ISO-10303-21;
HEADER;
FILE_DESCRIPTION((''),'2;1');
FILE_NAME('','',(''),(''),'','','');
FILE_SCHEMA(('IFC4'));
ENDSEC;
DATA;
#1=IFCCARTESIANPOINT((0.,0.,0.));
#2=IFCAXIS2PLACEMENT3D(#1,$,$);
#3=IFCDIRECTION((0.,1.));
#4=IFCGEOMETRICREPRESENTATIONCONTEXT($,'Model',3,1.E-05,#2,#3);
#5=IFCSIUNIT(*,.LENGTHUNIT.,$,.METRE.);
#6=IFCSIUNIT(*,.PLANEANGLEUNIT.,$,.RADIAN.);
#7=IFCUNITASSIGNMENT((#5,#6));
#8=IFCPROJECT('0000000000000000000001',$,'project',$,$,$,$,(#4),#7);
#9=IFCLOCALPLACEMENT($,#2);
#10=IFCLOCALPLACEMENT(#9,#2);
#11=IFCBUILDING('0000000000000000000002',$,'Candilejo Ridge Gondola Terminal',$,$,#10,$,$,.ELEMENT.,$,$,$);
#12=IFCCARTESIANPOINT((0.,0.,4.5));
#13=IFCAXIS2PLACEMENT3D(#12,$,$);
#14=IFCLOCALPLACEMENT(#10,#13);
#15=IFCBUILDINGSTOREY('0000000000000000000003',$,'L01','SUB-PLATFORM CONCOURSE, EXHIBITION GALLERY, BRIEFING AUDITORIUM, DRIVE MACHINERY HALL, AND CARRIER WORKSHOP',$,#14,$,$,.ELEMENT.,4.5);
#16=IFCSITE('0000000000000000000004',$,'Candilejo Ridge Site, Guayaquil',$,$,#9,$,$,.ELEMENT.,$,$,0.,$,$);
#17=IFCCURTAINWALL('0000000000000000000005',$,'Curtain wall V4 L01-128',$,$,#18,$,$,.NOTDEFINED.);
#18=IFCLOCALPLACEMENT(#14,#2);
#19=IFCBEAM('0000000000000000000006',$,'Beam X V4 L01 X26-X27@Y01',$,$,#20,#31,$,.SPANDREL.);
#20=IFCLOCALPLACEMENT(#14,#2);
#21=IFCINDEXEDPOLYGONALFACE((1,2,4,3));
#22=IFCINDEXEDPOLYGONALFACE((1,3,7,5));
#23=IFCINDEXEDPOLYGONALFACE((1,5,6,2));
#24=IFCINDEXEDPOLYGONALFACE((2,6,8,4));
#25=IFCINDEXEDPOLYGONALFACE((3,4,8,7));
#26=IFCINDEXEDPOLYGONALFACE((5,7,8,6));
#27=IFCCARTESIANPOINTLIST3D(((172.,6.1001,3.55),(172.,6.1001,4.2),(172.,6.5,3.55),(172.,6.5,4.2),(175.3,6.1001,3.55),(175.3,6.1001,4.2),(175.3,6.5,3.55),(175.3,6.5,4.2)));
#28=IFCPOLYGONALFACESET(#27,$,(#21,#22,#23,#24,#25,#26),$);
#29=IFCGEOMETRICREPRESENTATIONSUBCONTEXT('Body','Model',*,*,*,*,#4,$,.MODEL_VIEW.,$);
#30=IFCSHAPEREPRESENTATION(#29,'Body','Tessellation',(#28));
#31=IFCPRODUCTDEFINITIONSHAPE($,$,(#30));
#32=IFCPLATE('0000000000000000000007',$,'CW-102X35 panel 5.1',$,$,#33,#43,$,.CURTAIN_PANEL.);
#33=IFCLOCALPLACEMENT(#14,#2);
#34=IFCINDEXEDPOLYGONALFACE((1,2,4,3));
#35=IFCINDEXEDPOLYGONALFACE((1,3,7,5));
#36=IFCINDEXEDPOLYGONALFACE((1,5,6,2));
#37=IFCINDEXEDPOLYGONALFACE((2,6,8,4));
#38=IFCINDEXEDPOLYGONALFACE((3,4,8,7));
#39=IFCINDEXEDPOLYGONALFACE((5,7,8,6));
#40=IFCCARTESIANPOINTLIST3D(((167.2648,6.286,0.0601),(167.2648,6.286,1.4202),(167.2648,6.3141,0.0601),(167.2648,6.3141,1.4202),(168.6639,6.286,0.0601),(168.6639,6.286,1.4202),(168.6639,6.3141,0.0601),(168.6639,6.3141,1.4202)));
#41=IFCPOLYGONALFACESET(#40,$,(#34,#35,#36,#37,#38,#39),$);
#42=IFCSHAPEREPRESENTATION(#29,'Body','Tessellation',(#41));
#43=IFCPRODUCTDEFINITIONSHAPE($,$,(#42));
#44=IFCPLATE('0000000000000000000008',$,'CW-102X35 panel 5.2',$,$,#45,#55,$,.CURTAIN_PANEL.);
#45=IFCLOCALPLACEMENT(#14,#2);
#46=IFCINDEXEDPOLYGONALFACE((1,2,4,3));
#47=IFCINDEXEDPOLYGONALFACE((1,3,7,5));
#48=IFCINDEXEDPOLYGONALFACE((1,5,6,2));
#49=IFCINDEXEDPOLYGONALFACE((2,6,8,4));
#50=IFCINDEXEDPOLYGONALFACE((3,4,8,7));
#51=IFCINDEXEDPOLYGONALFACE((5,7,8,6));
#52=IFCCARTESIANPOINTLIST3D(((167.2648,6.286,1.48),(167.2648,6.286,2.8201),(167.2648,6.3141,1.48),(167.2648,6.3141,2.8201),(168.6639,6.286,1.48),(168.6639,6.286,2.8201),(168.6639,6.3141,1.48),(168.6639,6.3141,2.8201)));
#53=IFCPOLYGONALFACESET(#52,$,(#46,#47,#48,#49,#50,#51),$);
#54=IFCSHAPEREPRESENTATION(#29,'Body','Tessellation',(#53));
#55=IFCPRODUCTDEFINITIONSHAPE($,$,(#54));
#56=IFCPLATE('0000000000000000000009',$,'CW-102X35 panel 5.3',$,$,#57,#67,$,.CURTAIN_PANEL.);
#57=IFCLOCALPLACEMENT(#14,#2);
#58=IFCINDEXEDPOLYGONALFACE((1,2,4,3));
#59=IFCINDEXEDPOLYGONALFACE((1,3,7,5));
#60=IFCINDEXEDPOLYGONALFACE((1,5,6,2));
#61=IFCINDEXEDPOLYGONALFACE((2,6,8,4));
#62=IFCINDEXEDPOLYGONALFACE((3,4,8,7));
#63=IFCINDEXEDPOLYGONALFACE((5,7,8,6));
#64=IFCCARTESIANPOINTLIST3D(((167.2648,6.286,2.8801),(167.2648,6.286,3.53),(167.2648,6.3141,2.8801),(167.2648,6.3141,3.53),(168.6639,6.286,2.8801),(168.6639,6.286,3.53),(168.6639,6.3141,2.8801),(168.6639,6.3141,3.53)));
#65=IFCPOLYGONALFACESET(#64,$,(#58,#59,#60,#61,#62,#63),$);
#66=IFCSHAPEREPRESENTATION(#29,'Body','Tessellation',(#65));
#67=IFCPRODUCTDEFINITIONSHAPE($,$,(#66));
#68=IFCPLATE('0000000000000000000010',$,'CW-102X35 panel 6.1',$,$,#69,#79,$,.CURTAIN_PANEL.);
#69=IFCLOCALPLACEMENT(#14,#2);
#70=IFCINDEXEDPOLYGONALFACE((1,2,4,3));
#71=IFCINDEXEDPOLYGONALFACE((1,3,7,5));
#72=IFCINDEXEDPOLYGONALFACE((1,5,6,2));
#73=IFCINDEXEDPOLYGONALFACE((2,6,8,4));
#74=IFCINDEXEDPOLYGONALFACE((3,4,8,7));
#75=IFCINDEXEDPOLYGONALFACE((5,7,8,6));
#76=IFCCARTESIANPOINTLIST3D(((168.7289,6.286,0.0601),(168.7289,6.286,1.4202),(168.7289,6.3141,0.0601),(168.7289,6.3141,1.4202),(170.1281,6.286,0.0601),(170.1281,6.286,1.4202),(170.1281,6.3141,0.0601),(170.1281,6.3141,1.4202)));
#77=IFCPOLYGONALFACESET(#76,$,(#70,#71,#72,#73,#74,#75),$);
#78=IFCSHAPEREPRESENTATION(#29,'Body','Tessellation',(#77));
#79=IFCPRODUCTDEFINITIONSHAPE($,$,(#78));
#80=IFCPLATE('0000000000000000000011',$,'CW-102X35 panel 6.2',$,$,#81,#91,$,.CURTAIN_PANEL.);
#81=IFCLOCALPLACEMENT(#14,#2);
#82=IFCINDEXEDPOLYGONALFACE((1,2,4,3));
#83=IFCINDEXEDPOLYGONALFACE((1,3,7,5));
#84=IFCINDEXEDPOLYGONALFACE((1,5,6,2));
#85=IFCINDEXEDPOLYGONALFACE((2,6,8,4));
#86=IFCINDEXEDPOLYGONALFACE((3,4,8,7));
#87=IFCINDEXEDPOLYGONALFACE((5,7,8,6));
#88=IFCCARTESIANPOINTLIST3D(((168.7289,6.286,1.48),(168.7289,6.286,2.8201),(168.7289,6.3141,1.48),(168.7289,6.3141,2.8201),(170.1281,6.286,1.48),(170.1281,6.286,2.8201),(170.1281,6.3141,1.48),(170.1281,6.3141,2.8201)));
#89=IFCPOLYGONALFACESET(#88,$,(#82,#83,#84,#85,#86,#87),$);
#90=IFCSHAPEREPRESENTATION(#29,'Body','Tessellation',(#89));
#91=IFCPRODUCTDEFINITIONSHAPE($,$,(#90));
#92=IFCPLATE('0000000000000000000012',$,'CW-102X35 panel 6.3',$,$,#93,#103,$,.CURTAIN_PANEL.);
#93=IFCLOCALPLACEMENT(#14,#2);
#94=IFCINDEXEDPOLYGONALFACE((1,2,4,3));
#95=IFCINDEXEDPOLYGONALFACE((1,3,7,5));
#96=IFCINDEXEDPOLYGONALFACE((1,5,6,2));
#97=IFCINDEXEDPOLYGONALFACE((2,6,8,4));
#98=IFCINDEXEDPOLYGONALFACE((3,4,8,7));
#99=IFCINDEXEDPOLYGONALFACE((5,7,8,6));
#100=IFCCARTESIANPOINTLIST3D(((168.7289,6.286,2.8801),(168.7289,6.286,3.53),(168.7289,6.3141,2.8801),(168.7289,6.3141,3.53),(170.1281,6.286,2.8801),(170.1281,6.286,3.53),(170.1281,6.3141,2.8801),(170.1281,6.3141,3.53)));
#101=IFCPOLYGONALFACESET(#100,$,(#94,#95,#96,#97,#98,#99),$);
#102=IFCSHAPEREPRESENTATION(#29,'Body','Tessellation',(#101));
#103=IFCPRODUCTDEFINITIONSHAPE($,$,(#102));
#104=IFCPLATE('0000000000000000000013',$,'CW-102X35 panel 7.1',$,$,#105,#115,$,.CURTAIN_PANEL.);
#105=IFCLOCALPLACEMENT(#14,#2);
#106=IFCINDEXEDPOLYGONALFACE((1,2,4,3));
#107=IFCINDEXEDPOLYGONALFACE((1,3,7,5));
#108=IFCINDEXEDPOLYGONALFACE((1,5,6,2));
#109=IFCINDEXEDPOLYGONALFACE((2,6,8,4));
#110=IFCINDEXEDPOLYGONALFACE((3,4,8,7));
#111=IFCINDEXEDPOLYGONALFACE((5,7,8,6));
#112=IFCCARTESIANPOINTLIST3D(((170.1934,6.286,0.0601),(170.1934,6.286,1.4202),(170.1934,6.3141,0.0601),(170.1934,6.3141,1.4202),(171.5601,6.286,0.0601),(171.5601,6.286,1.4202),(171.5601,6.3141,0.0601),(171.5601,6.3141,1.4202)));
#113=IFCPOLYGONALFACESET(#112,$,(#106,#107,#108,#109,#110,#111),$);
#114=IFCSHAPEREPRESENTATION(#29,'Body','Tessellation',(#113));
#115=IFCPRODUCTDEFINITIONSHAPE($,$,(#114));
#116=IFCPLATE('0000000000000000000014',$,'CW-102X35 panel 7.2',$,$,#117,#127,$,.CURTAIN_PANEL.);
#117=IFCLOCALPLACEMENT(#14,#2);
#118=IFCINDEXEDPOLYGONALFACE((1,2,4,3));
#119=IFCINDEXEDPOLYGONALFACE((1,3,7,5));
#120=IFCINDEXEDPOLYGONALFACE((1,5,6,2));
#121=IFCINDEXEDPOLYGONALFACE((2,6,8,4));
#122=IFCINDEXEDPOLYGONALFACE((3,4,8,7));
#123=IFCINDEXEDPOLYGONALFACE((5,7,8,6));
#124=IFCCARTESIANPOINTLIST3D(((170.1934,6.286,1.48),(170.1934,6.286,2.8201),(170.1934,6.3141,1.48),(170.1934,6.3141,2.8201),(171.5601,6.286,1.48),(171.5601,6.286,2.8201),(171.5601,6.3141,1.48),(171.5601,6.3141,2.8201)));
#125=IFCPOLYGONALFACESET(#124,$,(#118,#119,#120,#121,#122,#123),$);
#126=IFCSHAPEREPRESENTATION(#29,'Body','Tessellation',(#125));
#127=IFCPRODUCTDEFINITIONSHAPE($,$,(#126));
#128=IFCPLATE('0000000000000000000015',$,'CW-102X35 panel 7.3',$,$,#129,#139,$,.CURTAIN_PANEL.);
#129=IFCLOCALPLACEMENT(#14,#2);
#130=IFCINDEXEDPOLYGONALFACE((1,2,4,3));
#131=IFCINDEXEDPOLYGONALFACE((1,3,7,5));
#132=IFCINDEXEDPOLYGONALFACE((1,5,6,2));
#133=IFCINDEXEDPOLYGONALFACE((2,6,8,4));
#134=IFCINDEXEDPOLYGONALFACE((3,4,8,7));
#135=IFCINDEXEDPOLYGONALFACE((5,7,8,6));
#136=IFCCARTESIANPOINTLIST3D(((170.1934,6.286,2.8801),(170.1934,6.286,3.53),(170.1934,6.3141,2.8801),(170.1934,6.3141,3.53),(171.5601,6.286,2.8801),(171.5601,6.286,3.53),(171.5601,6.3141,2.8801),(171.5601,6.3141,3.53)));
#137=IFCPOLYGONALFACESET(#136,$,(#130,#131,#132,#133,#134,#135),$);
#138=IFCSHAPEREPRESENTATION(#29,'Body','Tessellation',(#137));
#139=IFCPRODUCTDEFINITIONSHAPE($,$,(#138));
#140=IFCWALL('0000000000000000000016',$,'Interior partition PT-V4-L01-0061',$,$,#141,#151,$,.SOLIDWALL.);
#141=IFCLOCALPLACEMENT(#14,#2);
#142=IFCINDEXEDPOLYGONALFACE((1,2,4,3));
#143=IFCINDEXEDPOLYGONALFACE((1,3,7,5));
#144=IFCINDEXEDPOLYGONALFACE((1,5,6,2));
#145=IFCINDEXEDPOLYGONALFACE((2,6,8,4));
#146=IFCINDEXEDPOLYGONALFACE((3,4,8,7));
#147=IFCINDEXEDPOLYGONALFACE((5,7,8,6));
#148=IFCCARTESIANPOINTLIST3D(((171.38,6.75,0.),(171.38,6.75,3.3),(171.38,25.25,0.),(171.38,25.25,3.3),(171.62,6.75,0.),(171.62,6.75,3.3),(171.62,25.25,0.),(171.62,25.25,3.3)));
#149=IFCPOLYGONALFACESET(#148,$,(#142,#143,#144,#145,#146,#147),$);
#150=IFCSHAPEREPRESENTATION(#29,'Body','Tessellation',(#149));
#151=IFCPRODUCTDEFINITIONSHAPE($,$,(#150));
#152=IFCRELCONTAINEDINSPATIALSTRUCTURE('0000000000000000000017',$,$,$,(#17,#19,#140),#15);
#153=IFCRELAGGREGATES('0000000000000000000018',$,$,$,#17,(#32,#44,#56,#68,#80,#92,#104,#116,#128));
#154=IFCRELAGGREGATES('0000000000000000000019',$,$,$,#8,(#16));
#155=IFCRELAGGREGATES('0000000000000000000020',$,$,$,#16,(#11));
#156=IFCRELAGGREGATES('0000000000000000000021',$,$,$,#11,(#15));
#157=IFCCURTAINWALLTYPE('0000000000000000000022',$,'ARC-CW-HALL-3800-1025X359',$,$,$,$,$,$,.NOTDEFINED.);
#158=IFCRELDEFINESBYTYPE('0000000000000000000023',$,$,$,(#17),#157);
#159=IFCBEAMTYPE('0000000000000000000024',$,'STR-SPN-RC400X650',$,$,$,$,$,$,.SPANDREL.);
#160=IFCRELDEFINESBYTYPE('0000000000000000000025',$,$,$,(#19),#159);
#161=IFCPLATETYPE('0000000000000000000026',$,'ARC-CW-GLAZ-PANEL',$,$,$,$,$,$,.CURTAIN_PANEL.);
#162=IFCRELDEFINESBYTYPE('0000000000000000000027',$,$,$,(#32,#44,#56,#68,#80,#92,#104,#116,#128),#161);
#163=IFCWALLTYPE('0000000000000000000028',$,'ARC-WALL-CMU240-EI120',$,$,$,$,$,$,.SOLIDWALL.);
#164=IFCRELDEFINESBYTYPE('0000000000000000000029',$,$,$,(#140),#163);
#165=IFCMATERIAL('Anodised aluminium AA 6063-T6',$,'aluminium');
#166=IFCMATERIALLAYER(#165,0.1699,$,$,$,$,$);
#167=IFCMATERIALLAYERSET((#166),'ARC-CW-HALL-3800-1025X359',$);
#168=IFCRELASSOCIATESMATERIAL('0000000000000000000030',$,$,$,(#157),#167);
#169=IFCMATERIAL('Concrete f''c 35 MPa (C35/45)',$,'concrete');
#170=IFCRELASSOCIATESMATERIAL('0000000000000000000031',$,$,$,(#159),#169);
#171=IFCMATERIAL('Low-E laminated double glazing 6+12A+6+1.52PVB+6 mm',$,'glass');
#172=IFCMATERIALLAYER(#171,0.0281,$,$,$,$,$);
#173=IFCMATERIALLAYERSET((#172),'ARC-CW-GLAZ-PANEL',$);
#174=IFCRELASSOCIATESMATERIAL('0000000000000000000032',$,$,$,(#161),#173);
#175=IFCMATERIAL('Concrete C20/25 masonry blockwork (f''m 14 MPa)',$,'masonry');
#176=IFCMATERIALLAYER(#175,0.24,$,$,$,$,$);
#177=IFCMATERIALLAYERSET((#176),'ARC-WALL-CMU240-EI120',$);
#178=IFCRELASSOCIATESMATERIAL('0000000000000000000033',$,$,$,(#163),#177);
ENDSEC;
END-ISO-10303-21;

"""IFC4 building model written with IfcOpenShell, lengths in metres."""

from ifc_helpers import new_model, si_unit, direction, frame, frame_2d, origin, origin_2d, place, context, subcontext, project, spatial, rectangle, extrude, material, layer, layer_set, material_profile, profile_set, type_object, element, aggregate, save


model = new_model("IFC4")

# Units and contexts
model_context = context("Model", 3, precision=1e-05, world=origin(), true_north=direction((0.0, 1.0)))
body_context = subcontext(model_context, "Body", "Model", "MODEL_VIEW")
ifc_project = project(units=[si_unit("LENGTHUNIT", "METRE"), si_unit("PLANEANGLEUNIT", "RADIAN")], contexts=[model_context])

# Site, building, storey
site_placement = place(None, origin())
site = spatial("IfcSite", under=ifc_project, at=site_placement, Name="Candilejo Ridge Site, Guayaquil", CompositionType="ELEMENT", RefElevation=0.0)
building_placement = place(site_placement, origin())
building = spatial("IfcBuilding", under=site, at=building_placement, Name="Candilejo Ridge Gondola Terminal", CompositionType="ELEMENT")
storey_placement = place(building_placement, frame((0.0, 0.0, 4.5)))
storey = spatial("IfcBuildingStorey", under=building, at=storey_placement, Name="L01", Description="SUB-PLATFORM CONCOURSE, EXHIBITION GALLERY, BRIEFING AUDITORIUM, DRIVE MACHINERY HALL, AND CARRIER WORKSHOP", CompositionType="ELEMENT", Elevation=4.5)

# Curtain wall
ifc_material_1 = material(Name="Anodised aluminium AA 6063-T6", Category="aluminium")
ifc_layer_1 = layer(ifc_material_1, 0.1699)
ifc_layer_set_1 = layer_set([ifc_layer_1], Name="ARC-CW-HALL-3800-1025X359")
curtain_wall_type = type_object("IfcCurtainWallType", Name="ARC-CW-HALL-3800-1025X359", PredefinedType="NOTDEFINED", material=ifc_layer_set_1)
curtain_wall_placement = place(storey_placement, origin())
curtain_wall = element("IfcCurtainWall", 1, at=curtain_wall_placement, inside=storey, type_object=curtain_wall_type, Name="Curtain wall V4 L01-128", PredefinedType="NOTDEFINED")

# Beam
ifc_material_2 = material(Name="Concrete f'c 35 MPa (C35/45)", Category="concrete")
ifc_material_profile_1 = material_profile(ifc_material_2, rectangle(XDim=0.3999, YDim=0.6499, at=origin_2d()))
ifc_profile_set_1 = profile_set([ifc_material_profile_1], Name="Concrete f'c 35 MPa (C35/45)")
beam_type = type_object("IfcBeamType", Name="STR-SPN-RC400X650", PredefinedType="SPANDREL", material=ifc_profile_set_1)
beam_placement = place(storey_placement, frame((172.0, 6.3, 3.875), z_axis=(1.0, 0.0, 0.0), x_axis=(0.0, 1.0, 0.0)))
element("IfcBeam", 2, at=beam_placement, inside=storey, type_object=beam_type, Name="Beam X V4 L01 X26-X27@Y01", PredefinedType="SPANDREL", context=body_context, shape_type="SweptSolid", body=[
    extrude(rectangle(XDim=0.3999, YDim=0.6499, at=origin_2d()), origin(), (0.0, 0.0, 1.0), 3.3),
])

# Plates
ifc_material_3 = material(Name="Low-E laminated double glazing 6+12A+6+1.52PVB+6 mm", Category="glass")
ifc_layer_2 = layer(ifc_material_3, 0.0281)
ifc_layer_set_2 = layer_set([ifc_layer_2], Name="ARC-CW-GLAZ-PANEL")
plate_type = type_object("IfcPlateType", Name="ARC-CW-GLAZ-PANEL", PredefinedType="CURTAIN_PANEL", material=ifc_layer_set_2)
plate_1_placement = place(storey_placement, frame((167.9644, 6.3, 0.0601), z_axis=(0.0, 0.0, 1.0), x_axis=(1.0, 0.0, 0.0)))
plate_1 = element("IfcPlate", 3, at=plate_1_placement, type_object=plate_type, Name="CW-102X35 panel 5.1", PredefinedType="CURTAIN_PANEL", context=body_context, shape_type="SweptSolid", body=[
    extrude(rectangle(XDim=1.3992, YDim=0.0281, at=origin_2d()), origin(), (0.0, 0.0, 1.0), 1.3601),
])
plate_2_placement = place(storey_placement, frame((167.9644, 6.3, 1.48), z_axis=(0.0, 0.0, 1.0), x_axis=(1.0, 0.0, 0.0)))
plate_2 = element("IfcPlate", 4, at=plate_2_placement, type_object=plate_type, Name="CW-102X35 panel 5.2", PredefinedType="CURTAIN_PANEL", context=body_context, shape_type="SweptSolid", body=[
    extrude(rectangle(XDim=1.3992, YDim=0.0281, at=origin_2d()), origin(), (0.0, 0.0, 1.0), 1.3401),
])
plate_3_placement = place(storey_placement, frame((167.9644, 6.3, 2.8801), z_axis=(0.0, 0.0, 1.0), x_axis=(1.0, 0.0, 0.0)))
plate_3 = element("IfcPlate", 5, at=plate_3_placement, type_object=plate_type, Name="CW-102X35 panel 5.3", PredefinedType="CURTAIN_PANEL", context=body_context, shape_type="SweptSolid", body=[
    extrude(rectangle(XDim=1.3992, YDim=0.0281, at=origin_2d()), origin(), (0.0, 0.0, 1.0), 0.6499),
])
plate_4_placement = place(storey_placement, frame((169.4285, 6.3, 0.0601), z_axis=(0.0, 0.0, 1.0), x_axis=(1.0, 0.0, 0.0)))
plate_4 = element("IfcPlate", 6, at=plate_4_placement, type_object=plate_type, Name="CW-102X35 panel 6.1", PredefinedType="CURTAIN_PANEL", context=body_context, shape_type="SweptSolid", body=[
    extrude(rectangle(XDim=1.3992, YDim=0.0281, at=origin_2d()), origin(), (0.0, 0.0, 1.0), 1.3601),
])
plate_5_placement = place(storey_placement, frame((169.4285, 6.3, 1.48), z_axis=(0.0, 0.0, 1.0), x_axis=(1.0, 0.0, 0.0)))
plate_5 = element("IfcPlate", 7, at=plate_5_placement, type_object=plate_type, Name="CW-102X35 panel 6.2", PredefinedType="CURTAIN_PANEL", context=body_context, shape_type="SweptSolid", body=[
    extrude(rectangle(XDim=1.3992, YDim=0.0281, at=origin_2d()), origin(), (0.0, 0.0, 1.0), 1.3401),
])
plate_6_placement = place(storey_placement, frame((169.4285, 6.3, 2.8801), z_axis=(0.0, 0.0, 1.0), x_axis=(1.0, 0.0, 0.0)))
plate_6 = element("IfcPlate", 8, at=plate_6_placement, type_object=plate_type, Name="CW-102X35 panel 6.3", PredefinedType="CURTAIN_PANEL", context=body_context, shape_type="SweptSolid", body=[
    extrude(rectangle(XDim=1.3992, YDim=0.0281, at=origin_2d()), origin(), (0.0, 0.0, 1.0), 0.6499),
])
plate_7_placement = place(storey_placement, frame((170.8767, 6.3, 0.0601), z_axis=(0.0, 0.0, 1.0), x_axis=(1.0, 0.0, 0.0)))
plate_7 = element("IfcPlate", 9, at=plate_7_placement, type_object=plate_type, Name="CW-102X35 panel 7.1", PredefinedType="CURTAIN_PANEL", context=body_context, shape_type="SweptSolid", body=[
    extrude(rectangle(XDim=1.3667, YDim=0.0281, at=origin_2d()), origin(), (0.0, 0.0, 1.0), 1.3601),
])
plate_8_placement = place(storey_placement, frame((170.8767, 6.3, 1.48), z_axis=(0.0, 0.0, 1.0), x_axis=(1.0, 0.0, 0.0)))
plate_8 = element("IfcPlate", 10, at=plate_8_placement, type_object=plate_type, Name="CW-102X35 panel 7.2", PredefinedType="CURTAIN_PANEL", context=body_context, shape_type="SweptSolid", body=[
    extrude(rectangle(XDim=1.3667, YDim=0.0281, at=origin_2d()), origin(), (0.0, 0.0, 1.0), 1.3401),
])
plate_9_placement = place(storey_placement, frame((170.8767, 6.3, 2.8801), z_axis=(0.0, 0.0, 1.0), x_axis=(1.0, 0.0, 0.0)))
plate_9 = element("IfcPlate", 11, at=plate_9_placement, type_object=plate_type, Name="CW-102X35 panel 7.3", PredefinedType="CURTAIN_PANEL", context=body_context, shape_type="SweptSolid", body=[
    extrude(rectangle(XDim=1.3667, YDim=0.0281, at=origin_2d()), origin(), (0.0, 0.0, 1.0), 0.6499),
])
aggregate(curtain_wall, [plate_1, plate_2, plate_3, plate_4, plate_5, plate_6, plate_7, plate_8, plate_9])

# Wall
ifc_material_4 = material(Name="Concrete C20/25 masonry blockwork (f'm 14 MPa)", Category="masonry")
ifc_layer_3 = layer(ifc_material_4, 0.24)
ifc_layer_set_3 = layer_set([ifc_layer_3], Name="ARC-WALL-CMU240-EI120")
wall_type = type_object("IfcWallType", Name="ARC-WALL-CMU240-EI120", PredefinedType="SOLIDWALL", material=ifc_layer_set_3)
wall_placement = place(storey_placement, frame((171.5, 6.75, 0.0), z_axis=(0.0, 0.0, 1.0), x_axis=(0.0, 1.0, 0.0)))
element("IfcWall", 12, at=wall_placement, inside=storey, type_object=wall_type, Name="Interior partition PT-V4-L01-0061", PredefinedType="SOLIDWALL", context=body_context, shape_type="SweptSolid", body=[
    extrude(rectangle(XDim=18.5, YDim=0.24, at=frame_2d((9.25, 0.0))), origin(), (0.0, 0.0, 1.0), 3.3),
])

save(model, "model.ifc")
